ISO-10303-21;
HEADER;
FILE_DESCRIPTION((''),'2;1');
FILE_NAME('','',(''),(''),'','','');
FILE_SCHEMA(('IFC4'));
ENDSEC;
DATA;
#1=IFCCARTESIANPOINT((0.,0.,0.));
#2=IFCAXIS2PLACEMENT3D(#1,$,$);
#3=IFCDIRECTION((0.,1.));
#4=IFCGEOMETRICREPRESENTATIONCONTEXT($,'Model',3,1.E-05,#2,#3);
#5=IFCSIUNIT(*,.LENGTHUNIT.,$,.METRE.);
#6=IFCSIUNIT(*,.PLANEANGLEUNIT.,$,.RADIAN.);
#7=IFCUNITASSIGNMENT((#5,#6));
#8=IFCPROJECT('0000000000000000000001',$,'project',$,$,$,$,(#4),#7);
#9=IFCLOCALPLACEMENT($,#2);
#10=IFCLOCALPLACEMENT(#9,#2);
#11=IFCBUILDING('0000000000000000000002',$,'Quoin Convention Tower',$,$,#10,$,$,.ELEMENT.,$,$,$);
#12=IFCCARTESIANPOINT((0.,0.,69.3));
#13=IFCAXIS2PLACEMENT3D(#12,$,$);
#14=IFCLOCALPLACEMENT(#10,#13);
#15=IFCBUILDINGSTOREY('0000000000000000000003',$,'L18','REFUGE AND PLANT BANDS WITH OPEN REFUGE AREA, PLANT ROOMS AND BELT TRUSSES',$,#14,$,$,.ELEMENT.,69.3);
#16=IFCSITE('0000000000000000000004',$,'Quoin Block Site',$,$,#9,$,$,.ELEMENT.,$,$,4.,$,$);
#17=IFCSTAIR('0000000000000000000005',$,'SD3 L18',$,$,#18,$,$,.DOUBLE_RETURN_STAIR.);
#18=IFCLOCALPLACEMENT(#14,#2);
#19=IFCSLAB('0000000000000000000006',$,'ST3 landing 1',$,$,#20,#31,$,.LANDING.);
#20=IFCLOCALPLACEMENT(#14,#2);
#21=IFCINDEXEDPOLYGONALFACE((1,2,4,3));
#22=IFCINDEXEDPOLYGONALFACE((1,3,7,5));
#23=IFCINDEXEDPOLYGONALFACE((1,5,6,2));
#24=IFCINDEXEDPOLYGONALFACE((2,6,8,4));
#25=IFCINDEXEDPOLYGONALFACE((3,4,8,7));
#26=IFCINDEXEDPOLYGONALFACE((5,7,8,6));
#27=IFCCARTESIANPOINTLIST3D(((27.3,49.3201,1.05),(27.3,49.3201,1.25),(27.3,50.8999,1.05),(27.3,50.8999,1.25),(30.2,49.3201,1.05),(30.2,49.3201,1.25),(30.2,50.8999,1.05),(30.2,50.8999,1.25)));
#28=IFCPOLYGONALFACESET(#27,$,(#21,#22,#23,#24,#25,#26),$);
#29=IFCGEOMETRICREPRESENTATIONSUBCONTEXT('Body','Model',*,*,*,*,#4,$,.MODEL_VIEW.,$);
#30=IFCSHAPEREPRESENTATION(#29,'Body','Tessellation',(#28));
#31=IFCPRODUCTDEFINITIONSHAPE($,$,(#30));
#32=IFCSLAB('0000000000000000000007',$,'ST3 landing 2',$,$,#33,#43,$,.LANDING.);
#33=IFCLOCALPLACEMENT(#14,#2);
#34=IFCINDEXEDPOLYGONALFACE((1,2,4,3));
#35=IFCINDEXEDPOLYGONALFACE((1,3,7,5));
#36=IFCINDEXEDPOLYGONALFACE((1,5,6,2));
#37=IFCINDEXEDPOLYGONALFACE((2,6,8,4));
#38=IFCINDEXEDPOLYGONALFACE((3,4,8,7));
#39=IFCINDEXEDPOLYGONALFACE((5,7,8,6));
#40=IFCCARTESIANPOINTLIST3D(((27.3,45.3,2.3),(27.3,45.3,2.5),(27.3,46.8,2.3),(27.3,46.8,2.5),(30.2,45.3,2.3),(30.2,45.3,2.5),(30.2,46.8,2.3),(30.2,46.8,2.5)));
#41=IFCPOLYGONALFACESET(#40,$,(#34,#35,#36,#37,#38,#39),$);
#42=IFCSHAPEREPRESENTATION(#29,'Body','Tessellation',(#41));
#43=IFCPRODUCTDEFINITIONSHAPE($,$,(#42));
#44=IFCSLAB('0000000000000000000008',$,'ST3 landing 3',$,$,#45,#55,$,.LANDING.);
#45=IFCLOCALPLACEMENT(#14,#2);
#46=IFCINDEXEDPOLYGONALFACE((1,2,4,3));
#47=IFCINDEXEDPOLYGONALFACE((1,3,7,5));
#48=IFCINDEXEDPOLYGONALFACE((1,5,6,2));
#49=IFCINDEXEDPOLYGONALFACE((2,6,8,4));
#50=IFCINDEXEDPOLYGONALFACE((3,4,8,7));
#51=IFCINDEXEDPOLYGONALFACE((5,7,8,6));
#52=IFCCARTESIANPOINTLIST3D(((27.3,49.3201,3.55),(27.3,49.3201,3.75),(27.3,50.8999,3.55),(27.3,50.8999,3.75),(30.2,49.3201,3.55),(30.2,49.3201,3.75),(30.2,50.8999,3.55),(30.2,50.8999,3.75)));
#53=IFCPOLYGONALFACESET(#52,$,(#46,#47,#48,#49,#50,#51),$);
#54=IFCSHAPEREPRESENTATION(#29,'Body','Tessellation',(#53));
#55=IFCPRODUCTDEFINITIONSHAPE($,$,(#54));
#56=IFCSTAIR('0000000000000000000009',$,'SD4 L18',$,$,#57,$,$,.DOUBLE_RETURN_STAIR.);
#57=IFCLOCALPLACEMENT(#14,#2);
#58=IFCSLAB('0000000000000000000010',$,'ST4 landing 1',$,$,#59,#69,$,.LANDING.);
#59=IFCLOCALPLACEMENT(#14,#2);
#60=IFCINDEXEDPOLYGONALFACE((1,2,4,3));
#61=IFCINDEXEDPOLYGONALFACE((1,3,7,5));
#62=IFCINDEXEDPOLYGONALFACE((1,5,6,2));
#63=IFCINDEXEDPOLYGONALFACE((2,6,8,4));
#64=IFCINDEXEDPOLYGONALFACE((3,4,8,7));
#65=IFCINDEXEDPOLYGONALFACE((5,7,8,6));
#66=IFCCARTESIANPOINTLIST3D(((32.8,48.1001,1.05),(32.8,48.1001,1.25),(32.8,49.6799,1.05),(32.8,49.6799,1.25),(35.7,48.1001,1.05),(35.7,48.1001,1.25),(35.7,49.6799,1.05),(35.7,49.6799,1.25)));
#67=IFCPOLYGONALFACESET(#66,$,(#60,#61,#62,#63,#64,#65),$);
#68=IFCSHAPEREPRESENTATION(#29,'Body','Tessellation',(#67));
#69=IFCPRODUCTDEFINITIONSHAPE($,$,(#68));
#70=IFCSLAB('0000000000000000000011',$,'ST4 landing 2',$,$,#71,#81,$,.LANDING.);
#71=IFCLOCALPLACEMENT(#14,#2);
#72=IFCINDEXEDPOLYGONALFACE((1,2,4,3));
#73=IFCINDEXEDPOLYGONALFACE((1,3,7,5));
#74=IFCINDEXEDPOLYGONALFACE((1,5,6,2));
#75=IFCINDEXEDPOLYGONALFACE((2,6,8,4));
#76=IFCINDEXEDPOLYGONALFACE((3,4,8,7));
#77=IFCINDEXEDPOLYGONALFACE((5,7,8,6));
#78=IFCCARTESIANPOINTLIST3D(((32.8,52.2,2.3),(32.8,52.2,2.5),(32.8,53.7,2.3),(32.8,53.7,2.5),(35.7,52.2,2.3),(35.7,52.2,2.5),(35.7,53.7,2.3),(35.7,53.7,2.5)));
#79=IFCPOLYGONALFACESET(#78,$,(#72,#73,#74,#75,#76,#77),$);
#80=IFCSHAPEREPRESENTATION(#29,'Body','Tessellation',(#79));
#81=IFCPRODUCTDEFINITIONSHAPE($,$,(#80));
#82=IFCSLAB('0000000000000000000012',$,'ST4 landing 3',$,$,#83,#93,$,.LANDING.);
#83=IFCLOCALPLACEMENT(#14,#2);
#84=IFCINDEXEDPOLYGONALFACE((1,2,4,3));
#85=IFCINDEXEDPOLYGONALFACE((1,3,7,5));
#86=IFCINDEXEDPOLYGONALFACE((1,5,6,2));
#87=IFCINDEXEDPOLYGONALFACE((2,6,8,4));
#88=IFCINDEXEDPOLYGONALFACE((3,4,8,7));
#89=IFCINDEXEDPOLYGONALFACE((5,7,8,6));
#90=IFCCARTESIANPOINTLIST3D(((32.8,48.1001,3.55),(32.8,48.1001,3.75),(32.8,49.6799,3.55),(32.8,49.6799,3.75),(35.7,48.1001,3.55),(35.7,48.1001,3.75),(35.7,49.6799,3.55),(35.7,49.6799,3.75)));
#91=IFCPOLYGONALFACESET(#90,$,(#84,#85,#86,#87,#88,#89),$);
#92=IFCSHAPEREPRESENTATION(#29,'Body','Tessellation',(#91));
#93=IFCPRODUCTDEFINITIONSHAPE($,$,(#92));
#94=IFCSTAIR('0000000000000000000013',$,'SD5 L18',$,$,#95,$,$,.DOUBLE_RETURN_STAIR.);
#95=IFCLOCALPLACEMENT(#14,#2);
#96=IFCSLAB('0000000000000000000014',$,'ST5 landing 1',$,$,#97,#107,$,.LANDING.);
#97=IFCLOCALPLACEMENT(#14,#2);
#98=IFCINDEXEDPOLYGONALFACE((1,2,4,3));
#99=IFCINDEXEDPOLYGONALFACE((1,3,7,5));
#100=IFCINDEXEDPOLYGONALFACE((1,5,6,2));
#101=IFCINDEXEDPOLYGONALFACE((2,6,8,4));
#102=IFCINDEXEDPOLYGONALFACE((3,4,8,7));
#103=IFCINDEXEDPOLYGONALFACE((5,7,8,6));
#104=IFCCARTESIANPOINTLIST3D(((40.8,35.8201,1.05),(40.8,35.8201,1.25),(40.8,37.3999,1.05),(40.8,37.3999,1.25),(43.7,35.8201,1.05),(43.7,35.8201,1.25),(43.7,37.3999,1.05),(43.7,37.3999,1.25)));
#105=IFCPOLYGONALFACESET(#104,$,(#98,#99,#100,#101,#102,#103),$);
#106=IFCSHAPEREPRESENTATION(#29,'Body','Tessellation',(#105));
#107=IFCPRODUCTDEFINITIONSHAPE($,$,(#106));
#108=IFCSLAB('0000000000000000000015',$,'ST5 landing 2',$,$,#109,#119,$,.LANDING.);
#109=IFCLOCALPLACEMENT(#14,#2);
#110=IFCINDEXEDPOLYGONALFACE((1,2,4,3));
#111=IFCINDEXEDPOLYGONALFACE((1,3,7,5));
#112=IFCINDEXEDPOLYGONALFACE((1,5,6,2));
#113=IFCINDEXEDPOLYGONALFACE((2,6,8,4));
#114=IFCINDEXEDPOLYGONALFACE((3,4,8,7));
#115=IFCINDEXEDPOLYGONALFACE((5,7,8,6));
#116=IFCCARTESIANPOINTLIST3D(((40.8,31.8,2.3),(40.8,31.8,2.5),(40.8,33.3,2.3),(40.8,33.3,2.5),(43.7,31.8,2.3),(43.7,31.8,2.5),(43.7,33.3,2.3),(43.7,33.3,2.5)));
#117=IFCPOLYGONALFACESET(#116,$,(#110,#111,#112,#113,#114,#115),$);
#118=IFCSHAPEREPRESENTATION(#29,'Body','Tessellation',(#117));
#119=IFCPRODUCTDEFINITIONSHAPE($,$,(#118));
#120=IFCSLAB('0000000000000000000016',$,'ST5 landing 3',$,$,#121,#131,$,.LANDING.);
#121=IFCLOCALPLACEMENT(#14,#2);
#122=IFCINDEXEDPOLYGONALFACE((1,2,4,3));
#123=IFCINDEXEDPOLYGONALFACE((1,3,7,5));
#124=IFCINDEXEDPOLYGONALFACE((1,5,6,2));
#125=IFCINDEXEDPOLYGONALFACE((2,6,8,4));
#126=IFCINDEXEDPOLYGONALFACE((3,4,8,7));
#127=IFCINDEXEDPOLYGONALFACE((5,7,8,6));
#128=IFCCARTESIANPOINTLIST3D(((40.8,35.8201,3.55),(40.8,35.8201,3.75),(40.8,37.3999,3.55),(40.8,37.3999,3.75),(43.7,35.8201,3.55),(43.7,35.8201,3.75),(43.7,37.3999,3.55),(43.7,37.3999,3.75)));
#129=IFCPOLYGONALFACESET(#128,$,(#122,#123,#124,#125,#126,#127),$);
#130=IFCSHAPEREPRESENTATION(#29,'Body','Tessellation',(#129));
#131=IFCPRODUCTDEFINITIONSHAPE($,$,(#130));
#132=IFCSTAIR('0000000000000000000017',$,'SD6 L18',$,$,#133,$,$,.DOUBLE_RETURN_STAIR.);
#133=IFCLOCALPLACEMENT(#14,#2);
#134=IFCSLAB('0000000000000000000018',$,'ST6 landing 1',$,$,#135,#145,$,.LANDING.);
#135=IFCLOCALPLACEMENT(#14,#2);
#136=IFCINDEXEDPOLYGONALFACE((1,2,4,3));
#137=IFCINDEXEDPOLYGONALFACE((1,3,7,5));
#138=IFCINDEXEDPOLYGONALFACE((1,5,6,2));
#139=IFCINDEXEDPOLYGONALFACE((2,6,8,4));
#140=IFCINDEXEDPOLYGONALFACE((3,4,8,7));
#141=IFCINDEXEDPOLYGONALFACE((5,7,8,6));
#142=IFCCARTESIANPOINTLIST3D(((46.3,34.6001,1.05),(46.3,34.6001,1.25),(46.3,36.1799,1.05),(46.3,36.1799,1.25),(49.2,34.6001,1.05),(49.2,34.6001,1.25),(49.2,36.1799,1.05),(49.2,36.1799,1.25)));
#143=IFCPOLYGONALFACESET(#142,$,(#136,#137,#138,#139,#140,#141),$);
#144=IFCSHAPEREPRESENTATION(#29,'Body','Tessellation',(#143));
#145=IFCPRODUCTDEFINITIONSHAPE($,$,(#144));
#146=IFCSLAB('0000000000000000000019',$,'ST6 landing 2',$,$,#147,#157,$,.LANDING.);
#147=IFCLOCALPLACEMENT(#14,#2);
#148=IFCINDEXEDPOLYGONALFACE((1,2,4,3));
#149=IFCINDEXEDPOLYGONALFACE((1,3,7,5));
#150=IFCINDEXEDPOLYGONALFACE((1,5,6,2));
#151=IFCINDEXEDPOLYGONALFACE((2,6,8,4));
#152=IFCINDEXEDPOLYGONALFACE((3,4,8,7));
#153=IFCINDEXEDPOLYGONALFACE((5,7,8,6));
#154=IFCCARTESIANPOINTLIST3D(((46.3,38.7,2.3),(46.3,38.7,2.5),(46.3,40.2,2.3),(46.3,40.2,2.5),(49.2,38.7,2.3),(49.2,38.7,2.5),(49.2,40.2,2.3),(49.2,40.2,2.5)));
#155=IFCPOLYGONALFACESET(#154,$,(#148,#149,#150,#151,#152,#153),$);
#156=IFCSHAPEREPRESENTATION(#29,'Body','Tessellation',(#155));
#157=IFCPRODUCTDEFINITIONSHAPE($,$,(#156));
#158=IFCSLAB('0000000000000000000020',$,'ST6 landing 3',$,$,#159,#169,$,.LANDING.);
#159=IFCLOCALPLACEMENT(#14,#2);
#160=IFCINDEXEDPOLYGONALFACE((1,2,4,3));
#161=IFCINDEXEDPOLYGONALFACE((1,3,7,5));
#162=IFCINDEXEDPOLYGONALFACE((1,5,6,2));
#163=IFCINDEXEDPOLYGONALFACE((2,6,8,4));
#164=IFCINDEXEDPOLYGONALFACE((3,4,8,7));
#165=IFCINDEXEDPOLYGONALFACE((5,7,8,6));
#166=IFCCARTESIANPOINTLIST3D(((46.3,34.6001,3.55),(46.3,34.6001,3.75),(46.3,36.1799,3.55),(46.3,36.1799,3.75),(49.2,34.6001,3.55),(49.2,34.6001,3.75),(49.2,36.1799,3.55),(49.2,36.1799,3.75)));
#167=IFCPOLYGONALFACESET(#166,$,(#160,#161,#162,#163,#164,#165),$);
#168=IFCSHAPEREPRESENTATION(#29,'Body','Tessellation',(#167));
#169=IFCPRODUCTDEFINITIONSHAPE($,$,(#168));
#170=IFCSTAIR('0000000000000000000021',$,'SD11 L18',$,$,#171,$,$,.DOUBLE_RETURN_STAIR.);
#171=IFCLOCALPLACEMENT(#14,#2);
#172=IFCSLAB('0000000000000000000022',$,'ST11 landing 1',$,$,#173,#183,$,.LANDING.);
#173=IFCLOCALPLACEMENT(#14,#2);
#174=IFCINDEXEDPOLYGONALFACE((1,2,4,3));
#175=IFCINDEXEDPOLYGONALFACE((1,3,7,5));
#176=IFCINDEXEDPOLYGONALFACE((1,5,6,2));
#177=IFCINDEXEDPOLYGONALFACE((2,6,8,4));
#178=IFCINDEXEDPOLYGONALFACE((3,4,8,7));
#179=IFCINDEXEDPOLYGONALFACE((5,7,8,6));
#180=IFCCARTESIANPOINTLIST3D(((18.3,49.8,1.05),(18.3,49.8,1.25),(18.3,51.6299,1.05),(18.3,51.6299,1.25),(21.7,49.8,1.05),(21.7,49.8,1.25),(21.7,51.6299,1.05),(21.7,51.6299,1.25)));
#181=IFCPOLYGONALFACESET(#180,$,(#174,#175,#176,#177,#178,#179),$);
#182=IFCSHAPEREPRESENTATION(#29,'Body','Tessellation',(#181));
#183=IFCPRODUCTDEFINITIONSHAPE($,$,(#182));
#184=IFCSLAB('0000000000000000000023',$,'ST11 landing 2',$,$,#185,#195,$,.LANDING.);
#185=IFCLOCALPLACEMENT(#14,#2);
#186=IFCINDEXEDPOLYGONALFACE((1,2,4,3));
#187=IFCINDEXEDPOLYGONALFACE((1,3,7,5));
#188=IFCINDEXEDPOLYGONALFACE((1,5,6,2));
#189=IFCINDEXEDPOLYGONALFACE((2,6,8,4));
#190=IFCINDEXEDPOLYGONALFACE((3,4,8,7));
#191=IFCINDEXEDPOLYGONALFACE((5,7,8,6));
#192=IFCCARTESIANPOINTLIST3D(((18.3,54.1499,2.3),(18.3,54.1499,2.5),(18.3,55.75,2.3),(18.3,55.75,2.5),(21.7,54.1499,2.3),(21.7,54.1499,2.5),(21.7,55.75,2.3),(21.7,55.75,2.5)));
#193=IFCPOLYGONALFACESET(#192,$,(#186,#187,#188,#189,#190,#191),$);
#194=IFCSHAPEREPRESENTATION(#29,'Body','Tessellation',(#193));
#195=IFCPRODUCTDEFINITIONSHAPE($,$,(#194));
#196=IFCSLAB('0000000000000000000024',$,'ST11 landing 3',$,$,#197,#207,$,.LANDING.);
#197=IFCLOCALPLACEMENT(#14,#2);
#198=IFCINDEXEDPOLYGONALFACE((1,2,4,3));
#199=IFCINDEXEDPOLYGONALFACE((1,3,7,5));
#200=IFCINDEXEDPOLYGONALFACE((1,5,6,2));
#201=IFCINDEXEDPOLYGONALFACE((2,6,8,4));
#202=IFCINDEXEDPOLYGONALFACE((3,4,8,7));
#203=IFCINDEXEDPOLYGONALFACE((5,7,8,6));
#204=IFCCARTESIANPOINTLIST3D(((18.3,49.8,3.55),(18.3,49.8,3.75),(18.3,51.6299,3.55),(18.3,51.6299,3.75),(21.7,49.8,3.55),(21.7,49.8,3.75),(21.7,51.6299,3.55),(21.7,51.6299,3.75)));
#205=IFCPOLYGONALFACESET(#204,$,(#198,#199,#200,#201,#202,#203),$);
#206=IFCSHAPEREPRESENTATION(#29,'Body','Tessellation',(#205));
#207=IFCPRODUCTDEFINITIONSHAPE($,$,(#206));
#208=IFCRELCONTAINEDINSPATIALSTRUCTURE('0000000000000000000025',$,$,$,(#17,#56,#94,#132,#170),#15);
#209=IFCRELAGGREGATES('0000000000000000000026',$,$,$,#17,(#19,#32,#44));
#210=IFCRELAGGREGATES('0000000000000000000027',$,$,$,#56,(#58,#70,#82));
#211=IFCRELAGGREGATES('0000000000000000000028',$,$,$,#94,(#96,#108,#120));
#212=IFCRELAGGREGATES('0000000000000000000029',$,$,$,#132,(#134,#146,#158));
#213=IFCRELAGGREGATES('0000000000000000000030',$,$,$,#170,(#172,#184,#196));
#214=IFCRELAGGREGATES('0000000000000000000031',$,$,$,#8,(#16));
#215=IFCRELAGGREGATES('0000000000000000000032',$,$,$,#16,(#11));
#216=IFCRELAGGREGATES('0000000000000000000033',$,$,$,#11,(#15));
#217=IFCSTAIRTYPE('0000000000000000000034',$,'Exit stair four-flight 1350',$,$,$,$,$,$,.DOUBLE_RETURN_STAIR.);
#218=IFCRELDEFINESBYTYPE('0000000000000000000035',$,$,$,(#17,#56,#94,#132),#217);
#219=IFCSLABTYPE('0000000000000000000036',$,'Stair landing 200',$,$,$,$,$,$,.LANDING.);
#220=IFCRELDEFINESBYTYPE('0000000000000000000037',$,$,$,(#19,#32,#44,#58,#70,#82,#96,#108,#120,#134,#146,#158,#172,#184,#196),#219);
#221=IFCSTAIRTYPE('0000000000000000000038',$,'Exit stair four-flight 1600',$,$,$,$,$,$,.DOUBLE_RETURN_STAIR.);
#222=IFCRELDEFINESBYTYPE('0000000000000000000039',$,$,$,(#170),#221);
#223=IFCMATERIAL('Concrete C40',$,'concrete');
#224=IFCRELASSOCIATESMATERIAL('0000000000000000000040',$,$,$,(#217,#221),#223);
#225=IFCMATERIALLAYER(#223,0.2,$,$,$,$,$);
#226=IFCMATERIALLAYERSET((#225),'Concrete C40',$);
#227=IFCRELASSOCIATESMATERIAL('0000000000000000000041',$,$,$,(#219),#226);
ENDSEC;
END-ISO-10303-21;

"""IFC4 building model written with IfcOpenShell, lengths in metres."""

from ifc_helpers import new_model, si_unit, direction, frame, origin, place, context, subcontext, project, spatial, polyline, outline, extrude, material, layer, layer_set, type_object, element, aggregate, save


model = new_model("IFC4")

# Units and contexts
model_context = context("Model", 3, precision=1e-05, world=origin(), true_north=direction((0.0, 1.0)))
body_context = subcontext(model_context, "Body", "Model", "MODEL_VIEW")
ifc_project = project(units=[si_unit("LENGTHUNIT", "METRE"), si_unit("PLANEANGLEUNIT", "RADIAN")], contexts=[model_context])

# Site, building, storey
site_placement = place(None, origin())
site = spatial("IfcSite", under=ifc_project, at=site_placement, Name="Quoin Block Site", CompositionType="ELEMENT", RefElevation=4.0)
building_placement = place(site_placement, origin())
building = spatial("IfcBuilding", under=site, at=building_placement, Name="Quoin Convention Tower", CompositionType="ELEMENT")
storey_placement = place(building_placement, frame((0.0, 0.0, 69.3)))
storey = spatial("IfcBuildingStorey", under=building, at=storey_placement, Name="L18", Description="REFUGE AND PLANT BANDS WITH OPEN REFUGE AREA, PLANT ROOMS AND BELT TRUSSES", CompositionType="ELEMENT", Elevation=69.3)

# Stairs, slabs
ifc_material_1 = material(Name="Concrete C40", Category="concrete")
stair_type_1 = type_object("IfcStairType", Name="Exit stair four-flight 1350", PredefinedType="DOUBLE_RETURN_STAIR", material=ifc_material_1)
ifc_layer_1 = layer(ifc_material_1, 0.2)
ifc_layer_set_1 = layer_set([ifc_layer_1], Name="Concrete C40")
slab_type_1 = type_object("IfcSlabType", Name="Stair landing 200", PredefinedType="LANDING", material=ifc_layer_set_1)
stair_1_placement = place(storey_placement, origin())
stair_1 = element("IfcStair", 1, at=stair_1_placement, inside=storey, type_object=stair_type_1, Name="SD3 L18", PredefinedType="DOUBLE_RETURN_STAIR")
slab_1_placement = place(storey_placement, frame((0.0, 0.0, 1.05)))
slab_1 = element("IfcSlab", 2, at=slab_1_placement, type_object=slab_type_1, Name="ST3 landing 1", PredefinedType="LANDING", context=body_context, shape_type="SweptSolid", body=[
    extrude(outline(polyline([(27.3, 49.3201), (30.2, 49.3201), (30.2, 50.8999), (27.3, 50.8999), (27.3, 49.3201)])), origin(), (0.0, 0.0, 1.0), 0.2),
])
slab_2_placement = place(storey_placement, frame((0.0, 0.0, 2.3)))
slab_2 = element("IfcSlab", 3, at=slab_2_placement, type_object=slab_type_1, Name="ST3 landing 2", PredefinedType="LANDING", context=body_context, shape_type="SweptSolid", body=[
    extrude(outline(polyline([(27.3, 45.3), (30.2, 45.3), (30.2, 46.8), (27.3, 46.8), (27.3, 45.3)])), origin(), (0.0, 0.0, 1.0), 0.2),
])
slab_3_placement = place(storey_placement, frame((0.0, 0.0, 3.55)))
slab_3 = element("IfcSlab", 4, at=slab_3_placement, type_object=slab_type_1, Name="ST3 landing 3", PredefinedType="LANDING", context=body_context, shape_type="SweptSolid", body=[
    extrude(outline(polyline([(27.3, 49.3201), (30.2, 49.3201), (30.2, 50.8999), (27.3, 50.8999), (27.3, 49.3201)])), origin(), (0.0, 0.0, 1.0), 0.2),
])
aggregate(stair_1, [slab_1, slab_2, slab_3])
stair_2_placement = place(storey_placement, origin())
stair_2 = element("IfcStair", 5, at=stair_2_placement, inside=storey, type_object=stair_type_1, Name="SD4 L18", PredefinedType="DOUBLE_RETURN_STAIR")
slab_4_placement = place(storey_placement, frame((0.0, 0.0, 1.05)))
slab_4 = element("IfcSlab", 6, at=slab_4_placement, type_object=slab_type_1, Name="ST4 landing 1", PredefinedType="LANDING", context=body_context, shape_type="SweptSolid", body=[
    extrude(outline(polyline([(35.7, 49.6799), (32.8, 49.6799), (32.8, 48.1001), (35.7, 48.1001), (35.7, 49.6799)])), origin(), (0.0, 0.0, 1.0), 0.2),
])
slab_5_placement = place(storey_placement, frame((0.0, 0.0, 2.3)))
slab_5 = element("IfcSlab", 7, at=slab_5_placement, type_object=slab_type_1, Name="ST4 landing 2", PredefinedType="LANDING", context=body_context, shape_type="SweptSolid", body=[
    extrude(outline(polyline([(35.7, 53.7), (32.8, 53.7), (32.8, 52.2), (35.7, 52.2), (35.7, 53.7)])), origin(), (0.0, 0.0, 1.0), 0.2),
])
slab_6_placement = place(storey_placement, frame((0.0, 0.0, 3.55)))
slab_6 = element("IfcSlab", 8, at=slab_6_placement, type_object=slab_type_1, Name="ST4 landing 3", PredefinedType="LANDING", context=body_context, shape_type="SweptSolid", body=[
    extrude(outline(polyline([(35.7, 49.6799), (32.8, 49.6799), (32.8, 48.1001), (35.7, 48.1001), (35.7, 49.6799)])), origin(), (0.0, 0.0, 1.0), 0.2),
])
aggregate(stair_2, [slab_4, slab_5, slab_6])
stair_3_placement = place(storey_placement, origin())
stair_3 = element("IfcStair", 9, at=stair_3_placement, inside=storey, type_object=stair_type_1, Name="SD5 L18", PredefinedType="DOUBLE_RETURN_STAIR")
slab_7_placement = place(storey_placement, frame((0.0, 0.0, 1.05)))
slab_7 = element("IfcSlab", 10, at=slab_7_placement, type_object=slab_type_1, Name="ST5 landing 1", PredefinedType="LANDING", context=body_context, shape_type="SweptSolid", body=[
    extrude(outline(polyline([(40.8, 35.8201), (43.7, 35.8201), (43.7, 37.3999), (40.8, 37.3999), (40.8, 35.8201)])), origin(), (0.0, 0.0, 1.0), 0.2),
])
slab_8_placement = place(storey_placement, frame((0.0, 0.0, 2.3)))
slab_8 = element("IfcSlab", 11, at=slab_8_placement, type_object=slab_type_1, Name="ST5 landing 2", PredefinedType="LANDING", context=body_context, shape_type="SweptSolid", body=[
    extrude(outline(polyline([(40.8, 31.8), (43.7, 31.8), (43.7, 33.3), (40.8, 33.3), (40.8, 31.8)])), origin(), (0.0, 0.0, 1.0), 0.2),
])
slab_9_placement = place(storey_placement, frame((0.0, 0.0, 3.55)))
slab_9 = element("IfcSlab", 12, at=slab_9_placement, type_object=slab_type_1, Name="ST5 landing 3", PredefinedType="LANDING", context=body_context, shape_type="SweptSolid", body=[
    extrude(outline(polyline([(40.8, 35.8201), (43.7, 35.8201), (43.7, 37.3999), (40.8, 37.3999), (40.8, 35.8201)])), origin(), (0.0, 0.0, 1.0), 0.2),
])
aggregate(stair_3, [slab_7, slab_8, slab_9])
stair_4_placement = place(storey_placement, origin())
stair_4 = element("IfcStair", 13, at=stair_4_placement, inside=storey, type_object=stair_type_1, Name="SD6 L18", PredefinedType="DOUBLE_RETURN_STAIR")
slab_10_placement = place(storey_placement, frame((0.0, 0.0, 1.05)))
slab_10 = element("IfcSlab", 14, at=slab_10_placement, type_object=slab_type_1, Name="ST6 landing 1", PredefinedType="LANDING", context=body_context, shape_type="SweptSolid", body=[
    extrude(outline(polyline([(49.2, 36.1799), (46.3, 36.1799), (46.3, 34.6001), (49.2, 34.6001), (49.2, 36.1799)])), origin(), (0.0, 0.0, 1.0), 0.2),
])
slab_11_placement = place(storey_placement, frame((0.0, 0.0, 2.3)))
slab_11 = element("IfcSlab", 15, at=slab_11_placement, type_object=slab_type_1, Name="ST6 landing 2", PredefinedType="LANDING", context=body_context, shape_type="SweptSolid", body=[
    extrude(outline(polyline([(49.2, 40.2), (46.3, 40.2), (46.3, 38.7), (49.2, 38.7), (49.2, 40.2)])), origin(), (0.0, 0.0, 1.0), 0.2),
])
slab_12_placement = place(storey_placement, frame((0.0, 0.0, 3.55)))
slab_12 = element("IfcSlab", 16, at=slab_12_placement, type_object=slab_type_1, Name="ST6 landing 3", PredefinedType="LANDING", context=body_context, shape_type="SweptSolid", body=[
    extrude(outline(polyline([(49.2, 36.1799), (46.3, 36.1799), (46.3, 34.6001), (49.2, 34.6001), (49.2, 36.1799)])), origin(), (0.0, 0.0, 1.0), 0.2),
])
aggregate(stair_4, [slab_10, slab_11, slab_12])
stair_type_2 = type_object("IfcStairType", Name="Exit stair four-flight 1600", PredefinedType="DOUBLE_RETURN_STAIR", material=ifc_material_1)
stair_5_placement = place(storey_placement, origin())
stair_5 = element("IfcStair", 17, at=stair_5_placement, inside=storey, type_object=stair_type_2, Name="SD11 L18", PredefinedType="DOUBLE_RETURN_STAIR")
slab_13_placement = place(storey_placement, frame((0.0, 0.0, 1.05)))
slab_13 = element("IfcSlab", 18, at=slab_13_placement, type_object=slab_type_1, Name="ST11 landing 1", PredefinedType="LANDING", context=body_context, shape_type="SweptSolid", body=[
    extrude(outline(polyline([(21.7, 51.6299), (18.3, 51.6299), (18.3, 49.8), (21.7, 49.8), (21.7, 51.6299)])), origin(), (0.0, 0.0, 1.0), 0.2),
])
slab_14_placement = place(storey_placement, frame((0.0, 0.0, 2.3)))
slab_14 = element("IfcSlab", 19, at=slab_14_placement, type_object=slab_type_1, Name="ST11 landing 2", PredefinedType="LANDING", context=body_context, shape_type="SweptSolid", body=[
    extrude(outline(polyline([(21.7, 55.75), (18.3, 55.75), (18.3, 54.1499), (21.7, 54.1499), (21.7, 55.75)])), origin(), (0.0, 0.0, 1.0), 0.2),
])
slab_15_placement = place(storey_placement, frame((0.0, 0.0, 3.55)))
slab_15 = element("IfcSlab", 20, at=slab_15_placement, type_object=slab_type_1, Name="ST11 landing 3", PredefinedType="LANDING", context=body_context, shape_type="SweptSolid", body=[
    extrude(outline(polyline([(21.7, 51.6299), (18.3, 51.6299), (18.3, 49.8), (21.7, 49.8), (21.7, 51.6299)])), origin(), (0.0, 0.0, 1.0), 0.2),
])
aggregate(stair_5, [slab_13, slab_14, slab_15])

save(model, "model.ifc")
